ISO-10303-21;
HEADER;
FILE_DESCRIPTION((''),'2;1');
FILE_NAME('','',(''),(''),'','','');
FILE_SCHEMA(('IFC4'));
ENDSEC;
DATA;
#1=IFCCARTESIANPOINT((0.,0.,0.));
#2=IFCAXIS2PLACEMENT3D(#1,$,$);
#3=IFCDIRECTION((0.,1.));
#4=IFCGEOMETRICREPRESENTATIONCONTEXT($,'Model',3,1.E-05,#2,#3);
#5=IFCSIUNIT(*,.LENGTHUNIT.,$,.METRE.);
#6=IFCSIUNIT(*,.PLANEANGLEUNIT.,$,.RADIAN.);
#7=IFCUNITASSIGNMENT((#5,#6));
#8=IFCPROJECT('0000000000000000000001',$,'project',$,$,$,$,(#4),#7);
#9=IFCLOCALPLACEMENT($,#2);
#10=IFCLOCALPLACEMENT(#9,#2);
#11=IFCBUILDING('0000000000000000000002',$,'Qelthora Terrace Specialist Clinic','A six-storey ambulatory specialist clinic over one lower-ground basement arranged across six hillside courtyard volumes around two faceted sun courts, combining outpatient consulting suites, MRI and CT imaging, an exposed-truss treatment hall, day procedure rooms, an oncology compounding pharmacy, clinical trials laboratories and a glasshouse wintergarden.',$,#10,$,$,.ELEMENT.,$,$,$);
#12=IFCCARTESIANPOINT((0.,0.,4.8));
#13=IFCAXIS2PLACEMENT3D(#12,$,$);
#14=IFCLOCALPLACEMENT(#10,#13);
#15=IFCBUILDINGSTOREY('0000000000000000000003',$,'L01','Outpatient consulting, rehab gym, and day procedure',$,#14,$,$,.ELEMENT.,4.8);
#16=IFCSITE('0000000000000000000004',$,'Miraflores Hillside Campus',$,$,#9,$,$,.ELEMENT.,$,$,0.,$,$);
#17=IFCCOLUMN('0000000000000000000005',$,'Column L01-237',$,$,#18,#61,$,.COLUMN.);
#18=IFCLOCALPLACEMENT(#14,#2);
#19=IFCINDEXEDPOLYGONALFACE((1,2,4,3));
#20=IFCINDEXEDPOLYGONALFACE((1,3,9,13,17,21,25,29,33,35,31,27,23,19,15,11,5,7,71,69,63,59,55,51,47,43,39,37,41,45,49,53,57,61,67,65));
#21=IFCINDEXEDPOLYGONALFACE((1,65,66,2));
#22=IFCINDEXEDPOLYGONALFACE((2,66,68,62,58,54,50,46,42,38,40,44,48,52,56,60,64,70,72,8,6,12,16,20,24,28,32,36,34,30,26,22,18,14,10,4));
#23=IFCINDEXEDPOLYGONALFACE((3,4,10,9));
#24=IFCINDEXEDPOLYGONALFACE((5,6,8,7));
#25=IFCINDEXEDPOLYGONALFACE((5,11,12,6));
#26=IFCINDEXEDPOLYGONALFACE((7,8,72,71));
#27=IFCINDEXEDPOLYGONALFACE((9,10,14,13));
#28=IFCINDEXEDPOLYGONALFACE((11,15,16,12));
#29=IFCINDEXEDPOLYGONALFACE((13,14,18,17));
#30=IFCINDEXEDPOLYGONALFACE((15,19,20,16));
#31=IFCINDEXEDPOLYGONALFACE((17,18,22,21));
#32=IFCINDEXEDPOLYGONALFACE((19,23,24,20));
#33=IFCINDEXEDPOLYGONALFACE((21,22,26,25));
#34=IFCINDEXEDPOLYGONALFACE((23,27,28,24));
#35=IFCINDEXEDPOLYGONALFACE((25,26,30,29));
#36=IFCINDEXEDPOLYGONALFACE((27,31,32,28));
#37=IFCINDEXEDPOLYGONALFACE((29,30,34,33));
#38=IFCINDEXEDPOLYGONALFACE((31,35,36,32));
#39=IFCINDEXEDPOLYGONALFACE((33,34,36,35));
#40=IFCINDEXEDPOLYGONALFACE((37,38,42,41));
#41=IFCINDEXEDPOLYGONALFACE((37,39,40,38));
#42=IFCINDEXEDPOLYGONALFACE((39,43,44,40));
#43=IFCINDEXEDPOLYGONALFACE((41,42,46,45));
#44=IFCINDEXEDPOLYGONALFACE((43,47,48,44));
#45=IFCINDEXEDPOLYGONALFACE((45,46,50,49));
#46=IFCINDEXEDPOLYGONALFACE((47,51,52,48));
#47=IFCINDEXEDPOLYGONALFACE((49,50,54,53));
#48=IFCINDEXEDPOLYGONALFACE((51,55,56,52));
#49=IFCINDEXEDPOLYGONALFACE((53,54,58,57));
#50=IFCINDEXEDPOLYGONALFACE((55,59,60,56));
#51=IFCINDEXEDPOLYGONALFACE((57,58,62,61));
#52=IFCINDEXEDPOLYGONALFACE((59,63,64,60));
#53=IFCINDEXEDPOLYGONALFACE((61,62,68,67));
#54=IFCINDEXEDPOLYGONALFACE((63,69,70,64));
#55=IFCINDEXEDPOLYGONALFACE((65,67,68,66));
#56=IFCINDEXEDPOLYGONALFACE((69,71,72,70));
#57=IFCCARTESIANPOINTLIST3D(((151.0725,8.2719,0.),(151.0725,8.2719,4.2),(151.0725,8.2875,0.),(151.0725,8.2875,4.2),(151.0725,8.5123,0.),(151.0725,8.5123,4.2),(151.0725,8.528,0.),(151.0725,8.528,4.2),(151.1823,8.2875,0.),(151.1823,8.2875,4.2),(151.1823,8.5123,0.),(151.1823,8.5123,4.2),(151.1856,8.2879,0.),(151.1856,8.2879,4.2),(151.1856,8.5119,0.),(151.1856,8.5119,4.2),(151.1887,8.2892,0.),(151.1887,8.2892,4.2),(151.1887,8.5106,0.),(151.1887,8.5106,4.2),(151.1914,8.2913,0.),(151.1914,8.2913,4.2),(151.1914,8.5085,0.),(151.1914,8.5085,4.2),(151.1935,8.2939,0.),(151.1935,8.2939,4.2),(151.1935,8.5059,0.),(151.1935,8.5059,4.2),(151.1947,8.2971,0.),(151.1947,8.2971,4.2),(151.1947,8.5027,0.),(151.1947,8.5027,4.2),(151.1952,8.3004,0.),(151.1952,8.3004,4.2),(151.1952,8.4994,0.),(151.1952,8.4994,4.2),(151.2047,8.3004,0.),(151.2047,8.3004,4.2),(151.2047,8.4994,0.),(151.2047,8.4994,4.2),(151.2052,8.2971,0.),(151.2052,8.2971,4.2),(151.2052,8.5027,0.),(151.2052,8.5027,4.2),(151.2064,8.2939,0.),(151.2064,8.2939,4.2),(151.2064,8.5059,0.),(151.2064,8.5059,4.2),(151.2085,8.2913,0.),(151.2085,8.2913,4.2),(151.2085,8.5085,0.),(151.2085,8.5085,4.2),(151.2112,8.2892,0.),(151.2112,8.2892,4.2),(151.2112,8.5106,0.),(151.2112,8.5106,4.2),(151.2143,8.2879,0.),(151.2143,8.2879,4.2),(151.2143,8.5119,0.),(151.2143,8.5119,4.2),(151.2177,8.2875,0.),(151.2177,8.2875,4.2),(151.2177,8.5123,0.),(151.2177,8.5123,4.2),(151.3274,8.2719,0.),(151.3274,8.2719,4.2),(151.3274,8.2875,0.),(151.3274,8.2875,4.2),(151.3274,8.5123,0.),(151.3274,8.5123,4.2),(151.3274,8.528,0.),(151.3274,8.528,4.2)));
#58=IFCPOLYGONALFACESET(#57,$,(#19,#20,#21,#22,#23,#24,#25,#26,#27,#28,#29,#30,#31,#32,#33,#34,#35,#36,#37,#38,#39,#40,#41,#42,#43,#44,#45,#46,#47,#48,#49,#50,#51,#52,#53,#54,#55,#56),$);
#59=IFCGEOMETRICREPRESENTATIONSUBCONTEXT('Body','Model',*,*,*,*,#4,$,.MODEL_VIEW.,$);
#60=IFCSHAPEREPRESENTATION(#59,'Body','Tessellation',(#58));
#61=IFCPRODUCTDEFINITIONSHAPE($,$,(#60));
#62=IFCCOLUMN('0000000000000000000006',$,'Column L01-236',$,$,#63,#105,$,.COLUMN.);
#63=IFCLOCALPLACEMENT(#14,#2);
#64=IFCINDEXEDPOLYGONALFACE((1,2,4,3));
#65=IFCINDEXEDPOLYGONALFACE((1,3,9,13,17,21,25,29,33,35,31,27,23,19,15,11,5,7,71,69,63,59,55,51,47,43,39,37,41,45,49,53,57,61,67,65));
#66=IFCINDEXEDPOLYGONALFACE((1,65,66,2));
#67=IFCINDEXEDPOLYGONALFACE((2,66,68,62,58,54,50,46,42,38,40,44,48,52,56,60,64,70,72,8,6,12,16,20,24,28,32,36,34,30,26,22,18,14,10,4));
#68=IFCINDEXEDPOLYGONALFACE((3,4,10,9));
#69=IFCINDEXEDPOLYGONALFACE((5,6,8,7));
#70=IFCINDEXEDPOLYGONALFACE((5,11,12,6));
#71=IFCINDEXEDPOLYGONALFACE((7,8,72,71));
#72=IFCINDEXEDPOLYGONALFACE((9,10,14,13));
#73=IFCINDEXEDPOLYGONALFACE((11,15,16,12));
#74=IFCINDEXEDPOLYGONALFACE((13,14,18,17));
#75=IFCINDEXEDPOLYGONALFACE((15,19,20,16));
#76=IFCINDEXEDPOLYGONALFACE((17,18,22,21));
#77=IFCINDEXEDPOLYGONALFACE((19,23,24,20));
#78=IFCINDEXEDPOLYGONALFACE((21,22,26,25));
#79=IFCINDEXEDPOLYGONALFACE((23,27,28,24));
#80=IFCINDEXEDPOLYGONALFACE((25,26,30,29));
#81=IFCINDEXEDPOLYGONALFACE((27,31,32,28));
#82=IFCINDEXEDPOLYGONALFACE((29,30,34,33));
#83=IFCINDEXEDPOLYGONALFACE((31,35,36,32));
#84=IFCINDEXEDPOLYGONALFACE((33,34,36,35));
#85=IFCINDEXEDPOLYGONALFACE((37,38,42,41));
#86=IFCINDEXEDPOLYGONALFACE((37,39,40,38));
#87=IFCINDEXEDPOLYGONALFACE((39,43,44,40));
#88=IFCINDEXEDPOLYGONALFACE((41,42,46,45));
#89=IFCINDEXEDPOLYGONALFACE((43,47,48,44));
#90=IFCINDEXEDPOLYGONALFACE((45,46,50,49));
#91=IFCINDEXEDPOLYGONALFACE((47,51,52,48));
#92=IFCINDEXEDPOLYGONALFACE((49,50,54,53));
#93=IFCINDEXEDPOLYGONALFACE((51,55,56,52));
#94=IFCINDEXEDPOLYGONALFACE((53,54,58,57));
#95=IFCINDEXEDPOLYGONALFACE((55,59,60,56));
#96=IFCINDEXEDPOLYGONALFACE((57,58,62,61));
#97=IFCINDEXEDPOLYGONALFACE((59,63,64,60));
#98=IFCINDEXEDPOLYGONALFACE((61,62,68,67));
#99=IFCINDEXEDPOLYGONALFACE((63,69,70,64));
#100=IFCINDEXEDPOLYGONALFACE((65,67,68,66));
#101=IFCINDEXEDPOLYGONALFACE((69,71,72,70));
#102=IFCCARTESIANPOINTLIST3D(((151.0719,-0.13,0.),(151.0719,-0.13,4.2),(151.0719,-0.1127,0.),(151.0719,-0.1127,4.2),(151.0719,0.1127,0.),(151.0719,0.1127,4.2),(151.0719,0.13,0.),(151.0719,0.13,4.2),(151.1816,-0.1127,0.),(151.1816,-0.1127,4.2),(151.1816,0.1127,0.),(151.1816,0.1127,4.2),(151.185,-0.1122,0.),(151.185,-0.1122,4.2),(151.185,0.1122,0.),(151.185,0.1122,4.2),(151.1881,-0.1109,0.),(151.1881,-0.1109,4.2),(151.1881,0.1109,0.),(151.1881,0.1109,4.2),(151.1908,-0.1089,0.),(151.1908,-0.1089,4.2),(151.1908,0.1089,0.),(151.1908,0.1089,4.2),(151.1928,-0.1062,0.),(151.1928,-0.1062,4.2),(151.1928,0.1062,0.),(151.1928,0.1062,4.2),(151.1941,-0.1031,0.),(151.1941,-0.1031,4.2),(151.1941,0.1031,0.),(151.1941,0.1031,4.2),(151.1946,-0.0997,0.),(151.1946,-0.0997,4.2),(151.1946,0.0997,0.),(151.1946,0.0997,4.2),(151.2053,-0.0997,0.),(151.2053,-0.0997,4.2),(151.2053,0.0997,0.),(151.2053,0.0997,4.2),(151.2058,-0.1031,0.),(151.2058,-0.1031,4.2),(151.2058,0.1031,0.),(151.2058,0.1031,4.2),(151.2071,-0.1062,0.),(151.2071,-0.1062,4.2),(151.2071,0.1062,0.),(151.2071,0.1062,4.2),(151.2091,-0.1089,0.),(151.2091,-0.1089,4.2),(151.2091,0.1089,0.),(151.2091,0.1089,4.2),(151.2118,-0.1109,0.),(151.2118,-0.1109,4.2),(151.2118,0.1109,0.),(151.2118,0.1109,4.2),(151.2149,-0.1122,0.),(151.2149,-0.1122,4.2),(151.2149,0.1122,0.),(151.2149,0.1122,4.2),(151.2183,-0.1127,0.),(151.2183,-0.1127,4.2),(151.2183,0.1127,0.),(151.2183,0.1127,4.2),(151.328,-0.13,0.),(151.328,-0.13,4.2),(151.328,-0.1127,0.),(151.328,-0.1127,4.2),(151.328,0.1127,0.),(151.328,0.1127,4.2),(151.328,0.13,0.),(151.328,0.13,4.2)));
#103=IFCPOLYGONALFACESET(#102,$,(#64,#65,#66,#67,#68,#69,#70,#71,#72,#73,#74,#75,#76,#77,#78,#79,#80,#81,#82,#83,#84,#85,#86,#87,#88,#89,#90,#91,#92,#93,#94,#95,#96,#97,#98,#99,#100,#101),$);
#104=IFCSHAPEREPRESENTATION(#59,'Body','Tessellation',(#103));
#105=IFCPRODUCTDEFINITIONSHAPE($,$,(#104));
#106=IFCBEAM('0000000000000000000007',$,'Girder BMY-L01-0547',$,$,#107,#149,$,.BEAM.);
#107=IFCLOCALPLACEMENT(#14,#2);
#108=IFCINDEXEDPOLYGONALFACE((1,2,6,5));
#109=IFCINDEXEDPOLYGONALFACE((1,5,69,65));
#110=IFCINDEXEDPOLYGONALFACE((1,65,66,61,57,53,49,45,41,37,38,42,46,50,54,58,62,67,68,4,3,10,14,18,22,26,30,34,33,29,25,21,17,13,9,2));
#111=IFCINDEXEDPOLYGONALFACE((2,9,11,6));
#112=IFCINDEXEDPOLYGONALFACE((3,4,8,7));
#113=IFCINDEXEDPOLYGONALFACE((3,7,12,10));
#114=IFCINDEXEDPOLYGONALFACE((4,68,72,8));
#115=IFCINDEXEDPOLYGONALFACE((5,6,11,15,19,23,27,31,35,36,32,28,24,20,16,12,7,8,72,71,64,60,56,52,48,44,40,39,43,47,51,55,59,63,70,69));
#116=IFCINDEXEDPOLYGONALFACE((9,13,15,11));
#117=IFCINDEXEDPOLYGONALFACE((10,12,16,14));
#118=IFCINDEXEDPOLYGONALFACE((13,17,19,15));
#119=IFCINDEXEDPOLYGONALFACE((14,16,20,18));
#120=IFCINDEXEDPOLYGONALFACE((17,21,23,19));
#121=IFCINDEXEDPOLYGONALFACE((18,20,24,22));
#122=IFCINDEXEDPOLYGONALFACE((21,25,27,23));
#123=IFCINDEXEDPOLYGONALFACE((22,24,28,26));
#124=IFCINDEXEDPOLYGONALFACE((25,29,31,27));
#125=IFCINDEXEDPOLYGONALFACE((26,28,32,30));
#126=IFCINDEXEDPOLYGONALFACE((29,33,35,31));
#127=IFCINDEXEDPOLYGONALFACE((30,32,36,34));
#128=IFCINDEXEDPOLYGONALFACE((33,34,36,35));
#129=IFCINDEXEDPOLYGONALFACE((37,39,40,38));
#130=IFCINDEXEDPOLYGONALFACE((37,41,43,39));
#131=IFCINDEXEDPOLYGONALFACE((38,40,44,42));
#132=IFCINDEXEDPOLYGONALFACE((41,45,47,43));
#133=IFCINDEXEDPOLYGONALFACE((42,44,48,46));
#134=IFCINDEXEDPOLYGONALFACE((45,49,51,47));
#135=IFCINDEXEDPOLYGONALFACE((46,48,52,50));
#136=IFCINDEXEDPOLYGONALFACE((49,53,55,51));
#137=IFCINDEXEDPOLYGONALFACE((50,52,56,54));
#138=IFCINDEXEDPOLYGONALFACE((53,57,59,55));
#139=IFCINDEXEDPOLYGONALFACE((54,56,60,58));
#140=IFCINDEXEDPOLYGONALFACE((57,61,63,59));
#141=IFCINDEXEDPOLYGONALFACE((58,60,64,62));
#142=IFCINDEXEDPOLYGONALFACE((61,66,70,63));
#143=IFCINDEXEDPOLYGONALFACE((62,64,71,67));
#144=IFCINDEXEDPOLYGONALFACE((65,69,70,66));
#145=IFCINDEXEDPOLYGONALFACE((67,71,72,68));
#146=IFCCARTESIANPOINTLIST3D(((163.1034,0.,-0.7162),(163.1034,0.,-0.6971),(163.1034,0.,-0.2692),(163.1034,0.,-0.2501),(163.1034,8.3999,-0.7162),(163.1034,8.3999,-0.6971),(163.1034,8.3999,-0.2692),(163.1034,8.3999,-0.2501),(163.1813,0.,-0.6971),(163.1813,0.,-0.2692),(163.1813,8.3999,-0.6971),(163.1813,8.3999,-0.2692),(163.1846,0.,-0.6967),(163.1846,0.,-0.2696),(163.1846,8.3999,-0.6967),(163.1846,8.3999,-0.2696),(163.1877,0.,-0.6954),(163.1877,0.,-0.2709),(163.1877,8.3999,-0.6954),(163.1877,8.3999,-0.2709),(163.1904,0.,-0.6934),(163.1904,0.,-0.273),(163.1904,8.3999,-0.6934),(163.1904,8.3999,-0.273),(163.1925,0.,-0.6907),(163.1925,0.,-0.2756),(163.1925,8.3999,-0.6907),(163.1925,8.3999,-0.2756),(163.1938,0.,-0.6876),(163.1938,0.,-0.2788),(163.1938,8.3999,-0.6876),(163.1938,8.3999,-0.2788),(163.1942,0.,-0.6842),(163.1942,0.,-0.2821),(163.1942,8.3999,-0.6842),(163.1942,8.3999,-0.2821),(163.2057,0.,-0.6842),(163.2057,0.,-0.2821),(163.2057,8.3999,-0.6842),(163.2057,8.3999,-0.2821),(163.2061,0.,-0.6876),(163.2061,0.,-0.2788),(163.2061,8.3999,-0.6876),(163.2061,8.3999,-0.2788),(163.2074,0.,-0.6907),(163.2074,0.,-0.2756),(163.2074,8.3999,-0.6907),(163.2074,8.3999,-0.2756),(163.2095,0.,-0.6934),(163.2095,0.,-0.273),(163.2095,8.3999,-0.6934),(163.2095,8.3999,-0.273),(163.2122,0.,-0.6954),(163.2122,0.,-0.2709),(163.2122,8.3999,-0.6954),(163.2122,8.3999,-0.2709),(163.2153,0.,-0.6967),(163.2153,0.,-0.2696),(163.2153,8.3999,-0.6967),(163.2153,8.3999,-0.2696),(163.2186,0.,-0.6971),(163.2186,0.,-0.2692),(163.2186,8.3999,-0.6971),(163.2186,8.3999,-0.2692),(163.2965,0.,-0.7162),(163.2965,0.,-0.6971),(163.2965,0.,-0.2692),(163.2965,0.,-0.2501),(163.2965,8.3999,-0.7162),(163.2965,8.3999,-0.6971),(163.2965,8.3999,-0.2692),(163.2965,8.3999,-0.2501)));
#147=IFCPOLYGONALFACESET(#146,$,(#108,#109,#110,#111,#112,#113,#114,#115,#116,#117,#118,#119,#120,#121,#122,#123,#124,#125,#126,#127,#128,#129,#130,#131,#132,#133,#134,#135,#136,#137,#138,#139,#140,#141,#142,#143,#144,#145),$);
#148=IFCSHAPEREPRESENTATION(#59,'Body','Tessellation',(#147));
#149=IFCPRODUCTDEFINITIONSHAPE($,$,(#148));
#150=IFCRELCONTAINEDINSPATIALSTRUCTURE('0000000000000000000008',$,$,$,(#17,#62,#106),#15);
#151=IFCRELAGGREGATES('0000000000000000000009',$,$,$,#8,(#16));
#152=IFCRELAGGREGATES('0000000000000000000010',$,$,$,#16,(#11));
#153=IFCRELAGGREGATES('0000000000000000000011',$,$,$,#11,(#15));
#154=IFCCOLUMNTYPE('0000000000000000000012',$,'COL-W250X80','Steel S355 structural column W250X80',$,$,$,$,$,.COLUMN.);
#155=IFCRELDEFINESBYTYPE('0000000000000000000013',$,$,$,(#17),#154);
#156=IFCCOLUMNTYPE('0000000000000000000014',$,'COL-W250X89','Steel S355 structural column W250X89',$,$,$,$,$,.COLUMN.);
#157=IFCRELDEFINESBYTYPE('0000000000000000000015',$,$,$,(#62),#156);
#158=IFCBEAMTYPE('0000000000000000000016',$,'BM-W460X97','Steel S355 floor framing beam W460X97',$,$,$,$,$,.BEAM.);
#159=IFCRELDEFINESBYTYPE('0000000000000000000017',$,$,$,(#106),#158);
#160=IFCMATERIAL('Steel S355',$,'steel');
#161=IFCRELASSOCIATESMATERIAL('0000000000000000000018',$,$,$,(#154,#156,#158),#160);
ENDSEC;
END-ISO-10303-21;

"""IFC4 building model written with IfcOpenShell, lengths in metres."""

from ifc_helpers import new_model, si_unit, direction, frame, origin, origin_2d, place, context, subcontext, project, spatial, i_section, extrude, material, material_profile, profile_set, type_object, element, save


model = new_model("IFC4")

# Units and contexts
model_context = context("Model", 3, precision=1e-05, world=origin(), true_north=direction((0.0, 1.0)))
body_context = subcontext(model_context, "Body", "Model", "MODEL_VIEW")
ifc_project = project(units=[si_unit("LENGTHUNIT", "METRE"), si_unit("PLANEANGLEUNIT", "RADIAN")], contexts=[model_context])

# Site, building, storey
site_placement = place(None, origin())
site = spatial("IfcSite", under=ifc_project, at=site_placement, Name="Miraflores Hillside Campus", CompositionType="ELEMENT", RefElevation=0.0)
building_placement = place(site_placement, origin())
building = spatial("IfcBuilding", under=site, at=building_placement, Name="Qelthora Terrace Specialist Clinic", Description="A six-storey ambulatory specialist clinic over one lower-ground basement arranged across six hillside courtyard volumes around two faceted sun courts, combining outpatient consulting suites, MRI and CT imaging, an exposed-truss treatment hall, day procedure rooms, an oncology compounding pharmacy, clinical trials laboratories and a glasshouse wintergarden.", CompositionType="ELEMENT")
storey_placement = place(building_placement, frame((0.0, 0.0, 4.8)))
storey = spatial("IfcBuildingStorey", under=building, at=storey_placement, Name="L01", Description="Outpatient consulting, rehab gym, and day procedure", CompositionType="ELEMENT", Elevation=4.8)

# Columns
ifc_material_1 = material(Name="Steel S355", Category="steel")
ifc_material_profile_1 = material_profile(ifc_material_1, i_section(OverallWidth=0.2549, OverallDepth=0.2561, WebThickness=0.0095, FlangeThickness=0.0156, FilletRadius=0.0129, at=origin_2d()), Name="W250X80")
ifc_profile_set_1 = profile_set([ifc_material_profile_1], Name="Steel S355")
column_type_1 = type_object("IfcColumnType", Name="COL-W250X80", Description="Steel S355 structural column W250X80", PredefinedType="COLUMN", material=ifc_profile_set_1)
column_1_placement = place(storey_placement, frame((151.2, 8.3999, 0.0), z_axis=(0.0, 0.0, 1.0), x_axis=(1.0, 0.0, 0.0)))
element("IfcColumn", 1, at=column_1_placement, inside=storey, type_object=column_type_1, Name="Column L01-237", PredefinedType="COLUMN", context=body_context, shape_type="SweptSolid", body=[
    extrude(i_section(OverallWidth=0.2549, OverallDepth=0.2561, WebThickness=0.0095, FlangeThickness=0.0156, FilletRadius=0.0129, at=origin_2d()), origin(), (0.0, 0.0, 1.0), 4.2),
])
ifc_material_profile_2 = material_profile(ifc_material_1, i_section(OverallWidth=0.2561, OverallDepth=0.26, WebThickness=0.0107, FlangeThickness=0.0173, FilletRadius=0.0129, at=origin_2d()), Name="W250X89")
ifc_profile_set_2 = profile_set([ifc_material_profile_2], Name="Steel S355")
column_type_2 = type_object("IfcColumnType", Name="COL-W250X89", Description="Steel S355 structural column W250X89", PredefinedType="COLUMN", material=ifc_profile_set_2)
column_2_placement = place(storey_placement, frame((151.2, 0.0, 0.0), z_axis=(0.0, 0.0, 1.0), x_axis=(1.0, 0.0, 0.0)))
element("IfcColumn", 2, at=column_2_placement, inside=storey, type_object=column_type_2, Name="Column L01-236", PredefinedType="COLUMN", context=body_context, shape_type="SweptSolid", body=[
    extrude(i_section(OverallWidth=0.2561, OverallDepth=0.26, WebThickness=0.0107, FlangeThickness=0.0173, FilletRadius=0.0129, at=origin_2d()), origin(), (0.0, 0.0, 1.0), 4.2),
])

# Beam
ifc_material_profile_3 = material_profile(ifc_material_1, i_section(OverallWidth=0.1931, OverallDepth=0.4661, WebThickness=0.0115, FlangeThickness=0.019, FilletRadius=0.0129, at=origin_2d()), Name="W460X97")
ifc_profile_set_3 = profile_set([ifc_material_profile_3], Name="Steel S355")
beam_type_1 = type_object("IfcBeamType", Name="BM-W460X97", Description="Steel S355 floor framing beam W460X97", PredefinedType="BEAM", material=ifc_profile_set_3)
beam_1_placement = place(storey_placement, frame((163.2, 0.0, -0.4832), z_axis=(0.0, 1.0, 0.0), x_axis=(-1.0, 0.0, 0.0)))
element("IfcBeam", 3, at=beam_1_placement, inside=storey, type_object=beam_type_1, Name="Girder BMY-L01-0547", PredefinedType="BEAM", context=body_context, shape_type="SweptSolid", body=[
    extrude(i_section(OverallWidth=0.1931, OverallDepth=0.4661, WebThickness=0.0115, FlangeThickness=0.019, FilletRadius=0.0129, at=origin_2d()), origin(), (0.0, 0.0, 1.0), 8.3999),
])

save(model, "model.ifc")
